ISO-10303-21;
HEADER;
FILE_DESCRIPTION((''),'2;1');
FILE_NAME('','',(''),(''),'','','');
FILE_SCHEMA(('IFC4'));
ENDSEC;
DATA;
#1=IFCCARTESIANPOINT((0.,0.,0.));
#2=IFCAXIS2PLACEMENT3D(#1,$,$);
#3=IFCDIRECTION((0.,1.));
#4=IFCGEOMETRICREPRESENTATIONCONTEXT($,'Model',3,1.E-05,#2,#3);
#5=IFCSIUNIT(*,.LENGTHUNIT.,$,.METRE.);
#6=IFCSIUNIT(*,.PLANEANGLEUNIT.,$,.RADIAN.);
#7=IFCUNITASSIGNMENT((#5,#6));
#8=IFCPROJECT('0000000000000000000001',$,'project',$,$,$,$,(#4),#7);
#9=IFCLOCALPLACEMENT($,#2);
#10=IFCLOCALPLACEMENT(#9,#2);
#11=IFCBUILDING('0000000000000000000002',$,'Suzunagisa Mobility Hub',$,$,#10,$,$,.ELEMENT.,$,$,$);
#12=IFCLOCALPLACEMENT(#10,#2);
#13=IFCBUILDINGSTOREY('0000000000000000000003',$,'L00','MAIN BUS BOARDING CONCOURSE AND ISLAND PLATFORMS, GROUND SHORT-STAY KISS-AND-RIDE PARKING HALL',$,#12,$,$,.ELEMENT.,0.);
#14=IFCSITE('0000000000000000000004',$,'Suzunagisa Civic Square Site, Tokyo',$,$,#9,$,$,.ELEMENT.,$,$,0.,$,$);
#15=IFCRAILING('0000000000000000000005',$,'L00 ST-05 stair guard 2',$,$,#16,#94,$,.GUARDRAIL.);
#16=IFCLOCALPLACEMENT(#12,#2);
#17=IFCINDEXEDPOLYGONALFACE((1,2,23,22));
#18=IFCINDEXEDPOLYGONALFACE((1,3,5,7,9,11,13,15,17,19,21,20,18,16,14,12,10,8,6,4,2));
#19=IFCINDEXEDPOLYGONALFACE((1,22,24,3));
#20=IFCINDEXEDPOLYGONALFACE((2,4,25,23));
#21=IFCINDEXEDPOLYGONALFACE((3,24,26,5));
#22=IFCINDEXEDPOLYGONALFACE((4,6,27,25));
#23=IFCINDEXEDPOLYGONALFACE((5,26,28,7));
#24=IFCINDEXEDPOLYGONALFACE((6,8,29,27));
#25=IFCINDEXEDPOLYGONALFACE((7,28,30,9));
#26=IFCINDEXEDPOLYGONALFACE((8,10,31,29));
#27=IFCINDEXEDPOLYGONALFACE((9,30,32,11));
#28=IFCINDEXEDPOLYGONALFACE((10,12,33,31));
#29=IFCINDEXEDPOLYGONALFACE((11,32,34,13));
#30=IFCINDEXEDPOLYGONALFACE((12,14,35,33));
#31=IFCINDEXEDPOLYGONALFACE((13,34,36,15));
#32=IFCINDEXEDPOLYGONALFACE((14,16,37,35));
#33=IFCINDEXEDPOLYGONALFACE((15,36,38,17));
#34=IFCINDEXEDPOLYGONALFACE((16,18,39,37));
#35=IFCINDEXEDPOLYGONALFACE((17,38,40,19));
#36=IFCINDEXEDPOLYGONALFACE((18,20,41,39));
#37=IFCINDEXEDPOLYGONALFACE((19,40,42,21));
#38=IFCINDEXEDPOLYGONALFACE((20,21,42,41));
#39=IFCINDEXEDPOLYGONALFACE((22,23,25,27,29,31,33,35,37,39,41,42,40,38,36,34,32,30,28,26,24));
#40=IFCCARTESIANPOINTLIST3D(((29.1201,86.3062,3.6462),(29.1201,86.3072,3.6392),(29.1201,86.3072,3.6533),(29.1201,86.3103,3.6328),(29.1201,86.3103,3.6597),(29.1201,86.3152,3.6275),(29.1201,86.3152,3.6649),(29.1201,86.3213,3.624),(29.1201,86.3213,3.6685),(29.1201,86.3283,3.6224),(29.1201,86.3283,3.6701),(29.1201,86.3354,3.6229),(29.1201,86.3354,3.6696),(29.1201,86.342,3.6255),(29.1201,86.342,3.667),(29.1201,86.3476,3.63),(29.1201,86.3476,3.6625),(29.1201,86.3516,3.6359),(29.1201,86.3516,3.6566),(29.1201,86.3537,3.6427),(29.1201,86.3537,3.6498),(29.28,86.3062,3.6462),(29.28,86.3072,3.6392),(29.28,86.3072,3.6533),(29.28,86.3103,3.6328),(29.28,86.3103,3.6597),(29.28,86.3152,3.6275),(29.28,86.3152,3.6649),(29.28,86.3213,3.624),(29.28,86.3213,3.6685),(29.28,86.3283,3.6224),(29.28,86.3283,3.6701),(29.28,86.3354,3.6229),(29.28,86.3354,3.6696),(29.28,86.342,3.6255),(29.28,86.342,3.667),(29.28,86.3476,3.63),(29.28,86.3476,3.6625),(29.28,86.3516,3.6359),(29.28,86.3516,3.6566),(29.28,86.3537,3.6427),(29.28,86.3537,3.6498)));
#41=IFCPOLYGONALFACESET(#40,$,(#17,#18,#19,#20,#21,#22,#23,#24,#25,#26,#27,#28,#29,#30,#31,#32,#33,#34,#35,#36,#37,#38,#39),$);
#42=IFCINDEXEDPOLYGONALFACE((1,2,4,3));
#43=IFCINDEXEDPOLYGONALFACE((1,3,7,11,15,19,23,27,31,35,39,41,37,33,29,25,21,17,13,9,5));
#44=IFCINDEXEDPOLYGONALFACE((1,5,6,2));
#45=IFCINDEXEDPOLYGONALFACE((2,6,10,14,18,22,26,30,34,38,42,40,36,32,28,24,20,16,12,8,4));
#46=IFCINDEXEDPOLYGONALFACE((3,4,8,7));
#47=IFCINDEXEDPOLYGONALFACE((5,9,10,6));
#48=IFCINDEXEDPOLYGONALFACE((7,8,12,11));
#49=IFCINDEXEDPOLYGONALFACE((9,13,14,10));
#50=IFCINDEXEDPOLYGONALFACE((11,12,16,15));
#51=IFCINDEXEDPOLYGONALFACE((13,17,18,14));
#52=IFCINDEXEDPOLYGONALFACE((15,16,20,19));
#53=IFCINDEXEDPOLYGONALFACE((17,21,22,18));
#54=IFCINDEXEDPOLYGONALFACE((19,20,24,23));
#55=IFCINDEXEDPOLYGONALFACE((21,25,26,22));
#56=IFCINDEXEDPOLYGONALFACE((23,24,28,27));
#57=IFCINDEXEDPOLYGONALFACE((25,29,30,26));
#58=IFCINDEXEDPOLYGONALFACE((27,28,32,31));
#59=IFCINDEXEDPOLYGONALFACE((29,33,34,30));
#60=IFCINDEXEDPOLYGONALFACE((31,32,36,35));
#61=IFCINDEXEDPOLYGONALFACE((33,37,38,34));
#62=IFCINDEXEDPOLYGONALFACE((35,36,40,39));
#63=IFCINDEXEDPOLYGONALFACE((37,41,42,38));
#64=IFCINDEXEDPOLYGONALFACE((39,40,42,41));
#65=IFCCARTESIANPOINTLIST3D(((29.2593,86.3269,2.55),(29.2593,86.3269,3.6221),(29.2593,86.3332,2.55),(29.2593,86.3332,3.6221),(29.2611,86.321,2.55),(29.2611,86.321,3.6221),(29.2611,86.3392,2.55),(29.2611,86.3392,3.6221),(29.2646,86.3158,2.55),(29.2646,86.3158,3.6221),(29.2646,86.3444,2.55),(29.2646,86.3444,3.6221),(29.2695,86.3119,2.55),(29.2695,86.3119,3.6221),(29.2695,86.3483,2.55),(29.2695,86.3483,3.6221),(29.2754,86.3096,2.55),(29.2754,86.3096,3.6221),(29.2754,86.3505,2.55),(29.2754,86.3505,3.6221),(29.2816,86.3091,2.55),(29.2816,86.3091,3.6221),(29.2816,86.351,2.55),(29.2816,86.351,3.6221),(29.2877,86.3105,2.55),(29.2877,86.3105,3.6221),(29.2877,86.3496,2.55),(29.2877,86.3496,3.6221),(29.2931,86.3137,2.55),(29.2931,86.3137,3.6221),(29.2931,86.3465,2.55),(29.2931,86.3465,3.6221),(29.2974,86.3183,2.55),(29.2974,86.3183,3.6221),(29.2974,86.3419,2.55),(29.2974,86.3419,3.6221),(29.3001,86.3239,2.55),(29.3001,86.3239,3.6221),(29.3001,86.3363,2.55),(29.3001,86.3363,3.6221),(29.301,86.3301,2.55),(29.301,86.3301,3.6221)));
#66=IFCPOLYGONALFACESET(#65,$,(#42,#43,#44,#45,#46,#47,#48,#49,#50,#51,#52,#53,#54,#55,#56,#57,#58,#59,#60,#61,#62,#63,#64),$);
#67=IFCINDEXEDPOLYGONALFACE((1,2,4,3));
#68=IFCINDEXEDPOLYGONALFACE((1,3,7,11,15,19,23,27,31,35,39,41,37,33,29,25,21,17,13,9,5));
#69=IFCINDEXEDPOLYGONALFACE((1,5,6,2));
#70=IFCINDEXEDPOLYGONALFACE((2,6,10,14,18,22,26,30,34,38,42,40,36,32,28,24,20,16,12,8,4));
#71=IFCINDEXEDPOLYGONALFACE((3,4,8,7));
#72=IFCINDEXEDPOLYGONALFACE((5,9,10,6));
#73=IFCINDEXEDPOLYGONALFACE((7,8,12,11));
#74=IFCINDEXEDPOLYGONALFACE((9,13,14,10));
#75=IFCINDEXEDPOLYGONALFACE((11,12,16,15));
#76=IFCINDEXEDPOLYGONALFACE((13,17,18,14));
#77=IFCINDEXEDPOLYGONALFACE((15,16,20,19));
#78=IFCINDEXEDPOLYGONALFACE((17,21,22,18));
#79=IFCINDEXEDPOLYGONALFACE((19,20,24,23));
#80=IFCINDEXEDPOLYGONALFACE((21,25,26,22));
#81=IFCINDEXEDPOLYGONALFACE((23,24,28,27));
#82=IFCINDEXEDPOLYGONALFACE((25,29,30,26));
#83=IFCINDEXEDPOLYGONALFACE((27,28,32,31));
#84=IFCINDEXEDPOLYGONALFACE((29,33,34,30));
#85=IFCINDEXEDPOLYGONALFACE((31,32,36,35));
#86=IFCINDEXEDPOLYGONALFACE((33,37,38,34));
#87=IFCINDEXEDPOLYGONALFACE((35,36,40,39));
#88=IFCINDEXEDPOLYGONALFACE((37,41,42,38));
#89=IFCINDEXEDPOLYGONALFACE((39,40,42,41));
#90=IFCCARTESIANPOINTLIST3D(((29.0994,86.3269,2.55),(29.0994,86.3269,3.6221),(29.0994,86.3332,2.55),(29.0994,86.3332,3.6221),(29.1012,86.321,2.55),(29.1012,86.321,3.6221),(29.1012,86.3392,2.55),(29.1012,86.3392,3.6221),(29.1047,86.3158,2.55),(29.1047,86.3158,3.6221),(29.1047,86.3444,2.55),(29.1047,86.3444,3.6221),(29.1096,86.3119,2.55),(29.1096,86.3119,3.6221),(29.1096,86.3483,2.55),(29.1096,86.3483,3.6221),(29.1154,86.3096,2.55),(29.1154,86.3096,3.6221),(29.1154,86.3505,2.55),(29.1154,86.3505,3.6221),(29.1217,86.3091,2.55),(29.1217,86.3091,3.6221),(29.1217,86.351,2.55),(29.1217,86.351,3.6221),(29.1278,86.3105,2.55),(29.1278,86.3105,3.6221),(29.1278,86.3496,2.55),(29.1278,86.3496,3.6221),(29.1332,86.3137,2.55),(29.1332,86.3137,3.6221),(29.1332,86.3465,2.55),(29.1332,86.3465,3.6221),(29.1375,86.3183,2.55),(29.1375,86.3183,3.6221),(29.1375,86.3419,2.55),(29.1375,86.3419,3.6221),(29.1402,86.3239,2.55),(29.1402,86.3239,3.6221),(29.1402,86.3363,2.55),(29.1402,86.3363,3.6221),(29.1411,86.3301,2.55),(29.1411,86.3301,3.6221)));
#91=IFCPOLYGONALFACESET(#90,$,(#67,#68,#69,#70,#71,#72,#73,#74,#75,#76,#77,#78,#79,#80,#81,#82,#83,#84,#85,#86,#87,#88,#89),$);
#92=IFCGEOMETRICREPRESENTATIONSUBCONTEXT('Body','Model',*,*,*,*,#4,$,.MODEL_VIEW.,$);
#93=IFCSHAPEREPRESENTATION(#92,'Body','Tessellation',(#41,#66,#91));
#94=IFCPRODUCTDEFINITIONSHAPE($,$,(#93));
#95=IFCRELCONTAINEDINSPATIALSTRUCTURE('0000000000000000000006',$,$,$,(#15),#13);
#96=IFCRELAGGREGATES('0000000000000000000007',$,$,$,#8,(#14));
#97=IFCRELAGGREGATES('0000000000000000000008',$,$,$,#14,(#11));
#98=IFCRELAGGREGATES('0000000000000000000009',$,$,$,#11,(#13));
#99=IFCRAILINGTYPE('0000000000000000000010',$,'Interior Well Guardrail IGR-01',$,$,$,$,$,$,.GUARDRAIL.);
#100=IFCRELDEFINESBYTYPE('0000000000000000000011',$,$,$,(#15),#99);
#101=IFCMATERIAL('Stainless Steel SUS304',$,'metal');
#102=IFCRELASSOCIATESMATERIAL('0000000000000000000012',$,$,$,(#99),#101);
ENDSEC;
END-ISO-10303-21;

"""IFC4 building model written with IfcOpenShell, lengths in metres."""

from ifc_helpers import new_model, si_unit, direction, frame, origin, origin_2d, place, context, subcontext, project, spatial, circle, extrude, material, type_object, element, save


model = new_model("IFC4")

# Units and contexts
model_context = context("Model", 3, precision=1e-05, world=origin(), true_north=direction((0.0, 1.0)))
body_context = subcontext(model_context, "Body", "Model", "MODEL_VIEW")
ifc_project = project(units=[si_unit("LENGTHUNIT", "METRE"), si_unit("PLANEANGLEUNIT", "RADIAN")], contexts=[model_context])

# Site, building, storey
site_placement = place(None, origin())
site = spatial("IfcSite", under=ifc_project, at=site_placement, Name="Suzunagisa Civic Square Site, Tokyo", CompositionType="ELEMENT", RefElevation=0.0)
building_placement = place(site_placement, origin())
building = spatial("IfcBuilding", under=site, at=building_placement, Name="Suzunagisa Mobility Hub", CompositionType="ELEMENT")
storey_placement = place(building_placement, origin())
storey = spatial("IfcBuildingStorey", under=building, at=storey_placement, Name="L00", Description="MAIN BUS BOARDING CONCOURSE AND ISLAND PLATFORMS, GROUND SHORT-STAY KISS-AND-RIDE PARKING HALL", CompositionType="ELEMENT", Elevation=0.0)

# Railing
ifc_material_1 = material(Name="Stainless Steel SUS304", Category="metal")
railing_type = type_object("IfcRailingType", Name="Interior Well Guardrail IGR-01", PredefinedType="GUARDRAIL", material=ifc_material_1)
railing_1_placement = place(storey_placement, frame((29.28, 86.3301, 2.55)))
element("IfcRailing", 1, at=railing_1_placement, inside=storey, type_object=railing_type, Name="L00 ST-05 stair guard 2", PredefinedType="GUARDRAIL", context=body_context, shape_type="SweptSolid", body=[
    extrude(circle(Radius=0.0239, at=origin_2d()), frame((0.0, 0.0, 1.0962), z_axis=(-1.0, 0.0, 0.0), x_axis=(0.0, -1.0, 0.0)), (0.0, 0.0, 1.0), 0.1599),
    extrude(circle(Radius=0.021, at=origin_2d()), origin(), (0.0, 0.0, 1.0), 1.072),
    extrude(circle(Radius=0.021, at=origin_2d()), frame((-0.1599, 0.0, 0.0)), (0.0, 0.0, 1.0), 1.072),
])

save(model, "model.ifc")
